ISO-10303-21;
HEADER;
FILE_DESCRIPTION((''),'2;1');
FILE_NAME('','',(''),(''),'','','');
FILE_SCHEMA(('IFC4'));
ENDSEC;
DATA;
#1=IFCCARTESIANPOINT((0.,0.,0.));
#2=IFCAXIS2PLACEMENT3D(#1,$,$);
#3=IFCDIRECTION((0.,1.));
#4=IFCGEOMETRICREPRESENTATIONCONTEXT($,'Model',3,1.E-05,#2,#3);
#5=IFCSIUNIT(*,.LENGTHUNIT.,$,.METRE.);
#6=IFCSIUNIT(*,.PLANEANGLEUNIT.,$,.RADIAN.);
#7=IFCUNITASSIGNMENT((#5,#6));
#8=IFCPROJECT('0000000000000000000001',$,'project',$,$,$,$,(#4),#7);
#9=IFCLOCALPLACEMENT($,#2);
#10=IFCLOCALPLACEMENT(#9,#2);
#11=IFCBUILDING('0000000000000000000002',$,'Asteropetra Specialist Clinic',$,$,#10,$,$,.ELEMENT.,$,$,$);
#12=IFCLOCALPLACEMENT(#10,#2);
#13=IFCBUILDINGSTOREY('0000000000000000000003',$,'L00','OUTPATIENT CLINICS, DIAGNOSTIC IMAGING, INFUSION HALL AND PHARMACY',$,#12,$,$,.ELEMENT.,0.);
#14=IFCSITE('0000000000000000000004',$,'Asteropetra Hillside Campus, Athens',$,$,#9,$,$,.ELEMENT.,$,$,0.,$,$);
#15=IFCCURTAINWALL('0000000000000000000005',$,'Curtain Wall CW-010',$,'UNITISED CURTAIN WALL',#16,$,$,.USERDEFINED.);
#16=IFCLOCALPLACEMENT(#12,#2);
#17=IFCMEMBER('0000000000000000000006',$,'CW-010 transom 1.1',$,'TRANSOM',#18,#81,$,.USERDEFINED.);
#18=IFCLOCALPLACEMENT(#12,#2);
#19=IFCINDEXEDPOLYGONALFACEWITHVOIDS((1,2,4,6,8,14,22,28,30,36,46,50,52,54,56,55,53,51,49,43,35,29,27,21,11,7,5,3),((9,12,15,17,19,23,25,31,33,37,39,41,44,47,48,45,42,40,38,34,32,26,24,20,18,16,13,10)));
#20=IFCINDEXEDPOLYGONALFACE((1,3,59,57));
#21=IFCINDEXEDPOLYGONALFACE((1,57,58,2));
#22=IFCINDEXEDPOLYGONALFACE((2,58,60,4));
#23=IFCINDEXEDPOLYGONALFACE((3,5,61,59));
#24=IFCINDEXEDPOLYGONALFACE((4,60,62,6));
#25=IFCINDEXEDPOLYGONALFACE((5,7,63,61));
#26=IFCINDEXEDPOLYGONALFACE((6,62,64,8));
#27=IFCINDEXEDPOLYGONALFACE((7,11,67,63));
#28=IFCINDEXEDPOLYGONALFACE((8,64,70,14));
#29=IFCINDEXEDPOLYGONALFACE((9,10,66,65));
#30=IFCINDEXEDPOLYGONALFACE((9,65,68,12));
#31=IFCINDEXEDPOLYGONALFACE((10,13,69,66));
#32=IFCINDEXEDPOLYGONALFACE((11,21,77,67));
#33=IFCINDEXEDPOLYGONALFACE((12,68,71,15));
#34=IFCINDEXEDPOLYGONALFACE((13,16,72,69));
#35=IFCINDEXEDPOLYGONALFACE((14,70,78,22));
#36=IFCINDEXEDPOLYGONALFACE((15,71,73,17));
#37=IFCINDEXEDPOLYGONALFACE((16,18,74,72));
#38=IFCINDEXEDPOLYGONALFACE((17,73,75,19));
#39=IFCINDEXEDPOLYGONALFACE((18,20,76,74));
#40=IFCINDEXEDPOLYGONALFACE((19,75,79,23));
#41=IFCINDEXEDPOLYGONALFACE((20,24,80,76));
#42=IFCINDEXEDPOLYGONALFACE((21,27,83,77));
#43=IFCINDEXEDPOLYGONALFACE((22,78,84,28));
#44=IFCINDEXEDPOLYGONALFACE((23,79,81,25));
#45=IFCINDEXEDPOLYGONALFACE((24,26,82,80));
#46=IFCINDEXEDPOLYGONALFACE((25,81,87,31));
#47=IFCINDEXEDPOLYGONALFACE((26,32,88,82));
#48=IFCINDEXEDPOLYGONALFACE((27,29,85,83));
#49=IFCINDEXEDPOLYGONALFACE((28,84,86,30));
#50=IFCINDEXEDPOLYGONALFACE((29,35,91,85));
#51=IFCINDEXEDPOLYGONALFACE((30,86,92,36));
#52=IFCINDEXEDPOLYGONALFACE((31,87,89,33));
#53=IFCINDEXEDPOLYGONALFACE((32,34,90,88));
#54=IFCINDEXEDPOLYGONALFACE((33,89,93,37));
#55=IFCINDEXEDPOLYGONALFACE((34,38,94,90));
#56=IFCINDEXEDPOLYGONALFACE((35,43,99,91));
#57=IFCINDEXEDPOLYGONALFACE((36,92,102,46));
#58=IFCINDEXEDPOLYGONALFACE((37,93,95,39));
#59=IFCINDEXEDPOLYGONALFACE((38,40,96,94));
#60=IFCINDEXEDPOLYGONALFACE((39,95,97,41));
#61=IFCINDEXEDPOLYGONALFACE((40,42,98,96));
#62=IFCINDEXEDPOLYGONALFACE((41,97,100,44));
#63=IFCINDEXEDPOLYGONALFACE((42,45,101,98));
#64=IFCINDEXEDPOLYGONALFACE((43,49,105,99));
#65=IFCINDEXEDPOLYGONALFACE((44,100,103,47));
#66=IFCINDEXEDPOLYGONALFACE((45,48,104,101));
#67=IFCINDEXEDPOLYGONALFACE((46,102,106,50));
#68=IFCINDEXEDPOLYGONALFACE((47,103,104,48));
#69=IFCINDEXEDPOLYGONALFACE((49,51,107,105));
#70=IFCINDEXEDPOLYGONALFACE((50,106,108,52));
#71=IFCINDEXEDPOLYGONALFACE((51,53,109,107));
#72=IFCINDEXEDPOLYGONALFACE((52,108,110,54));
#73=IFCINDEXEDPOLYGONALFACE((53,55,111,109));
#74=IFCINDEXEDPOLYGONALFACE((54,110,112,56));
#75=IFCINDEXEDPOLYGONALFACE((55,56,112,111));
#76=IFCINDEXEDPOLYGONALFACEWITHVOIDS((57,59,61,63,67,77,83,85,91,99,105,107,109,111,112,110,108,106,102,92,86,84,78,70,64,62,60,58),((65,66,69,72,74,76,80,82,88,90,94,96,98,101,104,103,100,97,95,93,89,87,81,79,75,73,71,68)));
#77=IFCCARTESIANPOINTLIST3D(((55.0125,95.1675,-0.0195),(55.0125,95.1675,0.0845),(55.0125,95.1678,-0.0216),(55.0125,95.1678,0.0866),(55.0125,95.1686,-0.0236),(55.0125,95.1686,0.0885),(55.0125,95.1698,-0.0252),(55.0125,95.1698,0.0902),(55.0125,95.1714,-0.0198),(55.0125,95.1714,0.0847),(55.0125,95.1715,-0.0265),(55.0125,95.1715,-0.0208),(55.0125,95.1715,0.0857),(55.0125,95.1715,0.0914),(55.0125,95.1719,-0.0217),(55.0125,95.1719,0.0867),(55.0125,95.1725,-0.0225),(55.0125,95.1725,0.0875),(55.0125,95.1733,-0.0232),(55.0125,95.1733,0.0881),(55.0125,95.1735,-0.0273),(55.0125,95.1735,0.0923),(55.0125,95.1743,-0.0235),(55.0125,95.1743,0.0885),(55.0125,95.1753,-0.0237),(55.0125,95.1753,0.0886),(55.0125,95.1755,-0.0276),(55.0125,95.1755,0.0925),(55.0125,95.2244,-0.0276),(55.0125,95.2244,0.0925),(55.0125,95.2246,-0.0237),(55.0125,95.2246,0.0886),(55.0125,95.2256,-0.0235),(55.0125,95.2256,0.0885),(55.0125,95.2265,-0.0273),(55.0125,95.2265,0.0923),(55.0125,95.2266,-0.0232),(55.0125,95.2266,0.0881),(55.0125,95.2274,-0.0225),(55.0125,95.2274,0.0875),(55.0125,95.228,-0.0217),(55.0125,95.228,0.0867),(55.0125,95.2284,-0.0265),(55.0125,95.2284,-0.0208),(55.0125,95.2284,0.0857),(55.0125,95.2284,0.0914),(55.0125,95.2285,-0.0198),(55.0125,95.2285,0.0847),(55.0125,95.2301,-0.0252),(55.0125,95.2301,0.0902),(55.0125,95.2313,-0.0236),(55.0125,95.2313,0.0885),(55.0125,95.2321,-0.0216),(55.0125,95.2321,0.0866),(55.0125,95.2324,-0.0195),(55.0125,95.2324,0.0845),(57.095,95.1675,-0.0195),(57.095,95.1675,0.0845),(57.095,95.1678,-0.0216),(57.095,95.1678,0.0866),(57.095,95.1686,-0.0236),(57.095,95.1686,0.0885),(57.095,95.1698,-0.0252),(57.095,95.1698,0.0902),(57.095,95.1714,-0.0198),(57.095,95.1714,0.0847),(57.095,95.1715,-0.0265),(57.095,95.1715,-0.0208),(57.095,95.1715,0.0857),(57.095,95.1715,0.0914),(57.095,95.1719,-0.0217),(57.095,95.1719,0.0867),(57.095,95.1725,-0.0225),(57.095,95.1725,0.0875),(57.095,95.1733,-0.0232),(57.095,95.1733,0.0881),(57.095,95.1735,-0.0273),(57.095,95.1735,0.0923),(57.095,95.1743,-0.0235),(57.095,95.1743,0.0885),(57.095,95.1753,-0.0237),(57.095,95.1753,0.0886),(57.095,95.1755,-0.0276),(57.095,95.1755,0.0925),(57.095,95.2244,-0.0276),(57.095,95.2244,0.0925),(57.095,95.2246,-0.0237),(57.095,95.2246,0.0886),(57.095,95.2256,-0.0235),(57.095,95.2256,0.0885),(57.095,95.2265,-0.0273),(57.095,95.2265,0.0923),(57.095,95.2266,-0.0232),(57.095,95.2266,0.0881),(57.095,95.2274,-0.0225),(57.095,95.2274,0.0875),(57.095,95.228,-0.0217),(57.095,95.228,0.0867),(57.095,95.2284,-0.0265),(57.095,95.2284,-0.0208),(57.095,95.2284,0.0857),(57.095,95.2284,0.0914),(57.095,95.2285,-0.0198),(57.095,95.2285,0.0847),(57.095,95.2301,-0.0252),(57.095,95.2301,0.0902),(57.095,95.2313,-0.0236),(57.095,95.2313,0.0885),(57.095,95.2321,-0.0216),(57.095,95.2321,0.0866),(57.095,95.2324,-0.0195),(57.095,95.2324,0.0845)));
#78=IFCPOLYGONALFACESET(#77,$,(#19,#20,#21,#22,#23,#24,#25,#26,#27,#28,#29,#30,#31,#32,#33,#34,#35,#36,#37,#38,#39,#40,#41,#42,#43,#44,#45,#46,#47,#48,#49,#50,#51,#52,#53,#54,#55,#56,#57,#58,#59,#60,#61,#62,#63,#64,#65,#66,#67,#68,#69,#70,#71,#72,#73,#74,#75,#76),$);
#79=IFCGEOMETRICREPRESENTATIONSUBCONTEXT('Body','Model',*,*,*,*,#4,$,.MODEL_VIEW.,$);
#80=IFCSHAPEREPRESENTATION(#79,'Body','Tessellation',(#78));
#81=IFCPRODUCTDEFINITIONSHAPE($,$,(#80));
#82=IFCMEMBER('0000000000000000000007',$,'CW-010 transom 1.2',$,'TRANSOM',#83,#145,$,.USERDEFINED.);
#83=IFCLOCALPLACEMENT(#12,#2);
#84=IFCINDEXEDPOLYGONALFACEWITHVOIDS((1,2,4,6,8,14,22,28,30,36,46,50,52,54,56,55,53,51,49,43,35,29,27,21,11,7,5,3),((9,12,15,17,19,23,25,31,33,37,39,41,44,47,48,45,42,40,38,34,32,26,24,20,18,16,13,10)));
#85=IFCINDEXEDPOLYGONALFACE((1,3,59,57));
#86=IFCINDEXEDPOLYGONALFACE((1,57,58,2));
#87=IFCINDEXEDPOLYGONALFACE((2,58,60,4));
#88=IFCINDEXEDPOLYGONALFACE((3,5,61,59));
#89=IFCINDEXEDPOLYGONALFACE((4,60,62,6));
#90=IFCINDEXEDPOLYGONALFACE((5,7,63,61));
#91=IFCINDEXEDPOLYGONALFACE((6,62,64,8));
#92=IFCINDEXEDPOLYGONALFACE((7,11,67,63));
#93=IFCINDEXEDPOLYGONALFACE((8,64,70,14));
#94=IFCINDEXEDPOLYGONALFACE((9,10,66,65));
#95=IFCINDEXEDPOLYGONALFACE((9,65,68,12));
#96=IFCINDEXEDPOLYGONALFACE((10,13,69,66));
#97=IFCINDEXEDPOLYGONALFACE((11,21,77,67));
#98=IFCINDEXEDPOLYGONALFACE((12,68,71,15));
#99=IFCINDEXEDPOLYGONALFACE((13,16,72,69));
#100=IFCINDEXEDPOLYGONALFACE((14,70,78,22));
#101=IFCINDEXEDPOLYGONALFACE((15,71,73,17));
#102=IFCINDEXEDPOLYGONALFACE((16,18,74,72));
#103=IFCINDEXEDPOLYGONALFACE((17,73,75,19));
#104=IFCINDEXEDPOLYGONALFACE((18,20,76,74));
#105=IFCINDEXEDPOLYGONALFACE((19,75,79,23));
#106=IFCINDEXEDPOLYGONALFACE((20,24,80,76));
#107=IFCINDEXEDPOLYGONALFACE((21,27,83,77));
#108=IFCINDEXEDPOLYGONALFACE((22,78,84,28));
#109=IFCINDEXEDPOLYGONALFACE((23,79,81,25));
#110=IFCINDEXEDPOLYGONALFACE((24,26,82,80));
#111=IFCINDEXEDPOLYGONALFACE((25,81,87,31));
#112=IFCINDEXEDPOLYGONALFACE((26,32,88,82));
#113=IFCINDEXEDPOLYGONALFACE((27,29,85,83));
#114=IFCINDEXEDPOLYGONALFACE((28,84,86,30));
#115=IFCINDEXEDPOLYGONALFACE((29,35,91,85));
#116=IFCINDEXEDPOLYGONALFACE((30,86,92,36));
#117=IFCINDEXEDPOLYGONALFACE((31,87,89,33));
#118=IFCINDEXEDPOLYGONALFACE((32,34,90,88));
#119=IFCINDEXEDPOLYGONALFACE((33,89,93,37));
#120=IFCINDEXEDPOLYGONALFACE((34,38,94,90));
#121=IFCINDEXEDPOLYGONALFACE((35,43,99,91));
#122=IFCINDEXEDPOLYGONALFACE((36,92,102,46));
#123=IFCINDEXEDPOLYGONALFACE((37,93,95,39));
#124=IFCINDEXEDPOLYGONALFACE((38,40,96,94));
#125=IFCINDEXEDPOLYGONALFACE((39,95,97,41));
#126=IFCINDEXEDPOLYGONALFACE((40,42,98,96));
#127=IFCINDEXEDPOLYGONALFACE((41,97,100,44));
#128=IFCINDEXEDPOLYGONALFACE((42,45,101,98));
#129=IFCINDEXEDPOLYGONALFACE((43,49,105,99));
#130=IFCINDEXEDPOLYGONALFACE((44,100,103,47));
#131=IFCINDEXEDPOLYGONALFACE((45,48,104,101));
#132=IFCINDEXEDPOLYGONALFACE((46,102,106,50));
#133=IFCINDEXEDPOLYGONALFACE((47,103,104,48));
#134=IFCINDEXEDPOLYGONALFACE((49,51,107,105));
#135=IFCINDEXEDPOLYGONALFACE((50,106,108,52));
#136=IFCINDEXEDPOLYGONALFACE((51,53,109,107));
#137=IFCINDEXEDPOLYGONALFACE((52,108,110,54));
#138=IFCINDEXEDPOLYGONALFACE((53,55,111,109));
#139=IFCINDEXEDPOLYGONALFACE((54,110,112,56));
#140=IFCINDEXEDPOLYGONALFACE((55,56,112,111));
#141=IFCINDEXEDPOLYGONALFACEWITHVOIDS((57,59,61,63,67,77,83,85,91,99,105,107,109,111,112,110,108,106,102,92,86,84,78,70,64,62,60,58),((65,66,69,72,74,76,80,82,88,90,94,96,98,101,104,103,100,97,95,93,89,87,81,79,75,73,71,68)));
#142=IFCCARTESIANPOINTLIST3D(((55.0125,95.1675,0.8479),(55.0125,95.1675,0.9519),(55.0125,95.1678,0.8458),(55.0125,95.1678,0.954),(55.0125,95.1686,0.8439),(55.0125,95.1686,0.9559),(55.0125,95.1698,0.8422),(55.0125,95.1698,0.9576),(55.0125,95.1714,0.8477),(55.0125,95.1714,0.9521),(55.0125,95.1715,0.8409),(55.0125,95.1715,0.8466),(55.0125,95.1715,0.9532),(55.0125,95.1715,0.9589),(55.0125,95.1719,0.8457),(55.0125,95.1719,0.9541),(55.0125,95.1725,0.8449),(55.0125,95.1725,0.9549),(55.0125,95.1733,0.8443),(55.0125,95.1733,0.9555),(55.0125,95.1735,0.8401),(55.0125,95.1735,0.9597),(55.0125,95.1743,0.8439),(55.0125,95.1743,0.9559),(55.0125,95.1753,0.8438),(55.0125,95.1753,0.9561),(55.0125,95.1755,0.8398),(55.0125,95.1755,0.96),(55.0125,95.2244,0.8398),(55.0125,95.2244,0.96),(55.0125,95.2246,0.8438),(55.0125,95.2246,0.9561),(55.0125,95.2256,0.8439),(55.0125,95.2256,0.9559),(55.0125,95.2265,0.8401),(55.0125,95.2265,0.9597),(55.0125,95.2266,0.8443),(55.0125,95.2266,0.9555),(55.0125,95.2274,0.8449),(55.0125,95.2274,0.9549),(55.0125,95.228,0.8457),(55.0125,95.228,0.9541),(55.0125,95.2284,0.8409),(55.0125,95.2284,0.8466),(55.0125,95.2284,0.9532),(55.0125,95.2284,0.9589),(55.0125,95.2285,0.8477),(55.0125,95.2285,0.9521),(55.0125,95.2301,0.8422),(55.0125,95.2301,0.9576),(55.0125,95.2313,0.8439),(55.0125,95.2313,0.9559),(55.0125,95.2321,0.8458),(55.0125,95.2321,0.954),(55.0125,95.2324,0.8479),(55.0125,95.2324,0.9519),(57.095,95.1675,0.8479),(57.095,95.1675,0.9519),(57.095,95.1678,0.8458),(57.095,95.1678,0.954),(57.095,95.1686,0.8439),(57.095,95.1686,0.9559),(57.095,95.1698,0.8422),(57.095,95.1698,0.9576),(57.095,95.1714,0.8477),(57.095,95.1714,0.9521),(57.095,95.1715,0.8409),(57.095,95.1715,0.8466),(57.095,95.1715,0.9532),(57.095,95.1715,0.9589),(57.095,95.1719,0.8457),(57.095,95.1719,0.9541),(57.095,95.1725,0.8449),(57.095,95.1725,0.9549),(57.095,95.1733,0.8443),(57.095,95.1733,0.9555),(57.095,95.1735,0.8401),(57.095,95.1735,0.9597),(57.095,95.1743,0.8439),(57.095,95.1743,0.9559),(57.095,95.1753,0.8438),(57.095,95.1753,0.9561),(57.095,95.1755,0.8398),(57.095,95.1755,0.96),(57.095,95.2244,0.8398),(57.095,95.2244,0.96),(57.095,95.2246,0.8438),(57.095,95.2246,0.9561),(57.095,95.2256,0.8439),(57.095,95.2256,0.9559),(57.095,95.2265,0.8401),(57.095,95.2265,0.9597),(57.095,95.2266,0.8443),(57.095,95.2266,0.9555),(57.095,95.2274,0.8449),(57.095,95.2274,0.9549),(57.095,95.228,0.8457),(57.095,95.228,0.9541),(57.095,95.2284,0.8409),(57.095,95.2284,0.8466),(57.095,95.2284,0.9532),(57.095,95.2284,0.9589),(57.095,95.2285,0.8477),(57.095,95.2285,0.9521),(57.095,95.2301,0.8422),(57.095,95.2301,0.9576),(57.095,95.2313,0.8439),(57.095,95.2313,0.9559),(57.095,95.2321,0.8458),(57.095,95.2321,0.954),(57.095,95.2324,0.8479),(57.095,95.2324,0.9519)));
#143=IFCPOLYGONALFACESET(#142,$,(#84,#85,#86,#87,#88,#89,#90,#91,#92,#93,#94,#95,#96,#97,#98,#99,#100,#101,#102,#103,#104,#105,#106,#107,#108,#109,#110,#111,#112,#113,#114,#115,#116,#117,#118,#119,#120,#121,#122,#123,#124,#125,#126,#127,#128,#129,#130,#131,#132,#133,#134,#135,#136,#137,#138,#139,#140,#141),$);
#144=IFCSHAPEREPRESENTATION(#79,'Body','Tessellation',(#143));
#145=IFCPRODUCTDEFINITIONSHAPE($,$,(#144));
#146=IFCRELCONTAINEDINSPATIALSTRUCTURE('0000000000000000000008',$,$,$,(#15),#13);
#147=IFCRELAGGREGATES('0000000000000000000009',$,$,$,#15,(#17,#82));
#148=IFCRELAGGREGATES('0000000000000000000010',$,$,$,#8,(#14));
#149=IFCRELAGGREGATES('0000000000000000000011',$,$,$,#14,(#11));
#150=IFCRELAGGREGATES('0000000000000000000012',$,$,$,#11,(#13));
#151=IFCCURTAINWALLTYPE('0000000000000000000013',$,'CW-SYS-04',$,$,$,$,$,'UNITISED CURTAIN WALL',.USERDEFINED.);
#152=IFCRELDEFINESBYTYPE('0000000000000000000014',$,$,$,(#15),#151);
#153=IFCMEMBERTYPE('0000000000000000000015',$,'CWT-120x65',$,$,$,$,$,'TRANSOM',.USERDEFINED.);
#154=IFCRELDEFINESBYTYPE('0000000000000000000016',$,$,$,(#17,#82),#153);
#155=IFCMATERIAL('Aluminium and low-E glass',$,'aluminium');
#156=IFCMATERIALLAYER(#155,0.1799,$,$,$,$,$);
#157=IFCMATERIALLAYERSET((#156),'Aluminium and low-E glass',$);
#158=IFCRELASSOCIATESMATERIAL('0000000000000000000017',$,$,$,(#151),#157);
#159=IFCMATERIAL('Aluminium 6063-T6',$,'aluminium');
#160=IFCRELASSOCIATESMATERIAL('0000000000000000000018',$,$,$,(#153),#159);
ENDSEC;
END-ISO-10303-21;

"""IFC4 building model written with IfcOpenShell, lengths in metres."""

from ifc_helpers import new_model, si_unit, direction, frame, origin, origin_2d, place, context, subcontext, project, spatial, hollow_rectangle, extrude, material, layer, layer_set, material_profile, profile_set, type_object, element, aggregate, save


model = new_model("IFC4")

# Units and contexts
model_context = context("Model", 3, precision=1e-05, world=origin(), true_north=direction((0.0, 1.0)))
body_context = subcontext(model_context, "Body", "Model", "MODEL_VIEW")
ifc_project = project(units=[si_unit("LENGTHUNIT", "METRE"), si_unit("PLANEANGLEUNIT", "RADIAN")], contexts=[model_context])

# Site, building, storey
site_placement = place(None, origin())
site = spatial("IfcSite", under=ifc_project, at=site_placement, Name="Asteropetra Hillside Campus, Athens", CompositionType="ELEMENT", RefElevation=0.0)
building_placement = place(site_placement, origin())
building = spatial("IfcBuilding", under=site, at=building_placement, Name="Asteropetra Specialist Clinic", CompositionType="ELEMENT")
storey_placement = place(building_placement, origin())
storey = spatial("IfcBuildingStorey", under=building, at=storey_placement, Name="L00", Description="OUTPATIENT CLINICS, DIAGNOSTIC IMAGING, INFUSION HALL AND PHARMACY", CompositionType="ELEMENT", Elevation=0.0)

# Curtain wall
ifc_material_1 = material(Name="Aluminium and low-E glass", Category="aluminium")
ifc_layer_1 = layer(ifc_material_1, 0.1799)
ifc_layer_set_1 = layer_set([ifc_layer_1], Name="Aluminium and low-E glass")
curtain_wall_type_1 = type_object("IfcCurtainWallType", Name="CW-SYS-04", ElementType="UNITISED CURTAIN WALL", PredefinedType="USERDEFINED", material=ifc_layer_set_1)
curtain_wall_1_placement = place(storey_placement, origin())
curtain_wall_1 = element("IfcCurtainWall", 1, at=curtain_wall_1_placement, inside=storey, type_object=curtain_wall_type_1, Name="Curtain Wall CW-010", ObjectType="UNITISED CURTAIN WALL", PredefinedType="USERDEFINED")

# Members
ifc_material_2 = material(Name="Aluminium 6063-T6", Category="aluminium")
ifc_material_profile_1 = material_profile(ifc_material_2, hollow_rectangle(XDim=0.0649, YDim=0.1201, WallThickness=0.0039, InnerFilletRadius=0.0039, OuterFilletRadius=0.0081, at=origin_2d()), Name="TRN 120x65x4.0")
ifc_profile_set_1 = profile_set([ifc_material_profile_1], Name="Aluminium 6063-T6")
member_type_1 = type_object("IfcMemberType", Name="CWT-120x65", ElementType="TRANSOM", PredefinedType="USERDEFINED", material=ifc_profile_set_1)
member_1_placement = place(storey_placement, frame((57.095, 95.2, 0.0325), z_axis=(-1.0, 0.0, 0.0), x_axis=(0.0, -1.0, 0.0)))
member_1 = element("IfcMember", 2, at=member_1_placement, type_object=member_type_1, Name="CW-010 transom 1.1", ObjectType="TRANSOM", PredefinedType="USERDEFINED", context=body_context, shape_type="SweptSolid", body=[
    extrude(hollow_rectangle(XDim=0.0649, YDim=0.1201, WallThickness=0.0039, InnerFilletRadius=0.0039, OuterFilletRadius=0.0081, at=origin_2d()), origin(), (0.0, 0.0, 1.0), 2.0825),
])
member_2_placement = place(storey_placement, frame((57.095, 95.2, 0.8999), z_axis=(-1.0, 0.0, 0.0), x_axis=(0.0, -1.0, 0.0)))
member_2 = element("IfcMember", 3, at=member_2_placement, type_object=member_type_1, Name="CW-010 transom 1.2", ObjectType="TRANSOM", PredefinedType="USERDEFINED", context=body_context, shape_type="SweptSolid", body=[
    extrude(hollow_rectangle(XDim=0.0649, YDim=0.1201, WallThickness=0.0039, InnerFilletRadius=0.0039, OuterFilletRadius=0.0081, at=origin_2d()), origin(), (0.0, 0.0, 1.0), 2.0825),
])

aggregate(curtain_wall_1, [member_1, member_2])

save(model, "model.ifc")
